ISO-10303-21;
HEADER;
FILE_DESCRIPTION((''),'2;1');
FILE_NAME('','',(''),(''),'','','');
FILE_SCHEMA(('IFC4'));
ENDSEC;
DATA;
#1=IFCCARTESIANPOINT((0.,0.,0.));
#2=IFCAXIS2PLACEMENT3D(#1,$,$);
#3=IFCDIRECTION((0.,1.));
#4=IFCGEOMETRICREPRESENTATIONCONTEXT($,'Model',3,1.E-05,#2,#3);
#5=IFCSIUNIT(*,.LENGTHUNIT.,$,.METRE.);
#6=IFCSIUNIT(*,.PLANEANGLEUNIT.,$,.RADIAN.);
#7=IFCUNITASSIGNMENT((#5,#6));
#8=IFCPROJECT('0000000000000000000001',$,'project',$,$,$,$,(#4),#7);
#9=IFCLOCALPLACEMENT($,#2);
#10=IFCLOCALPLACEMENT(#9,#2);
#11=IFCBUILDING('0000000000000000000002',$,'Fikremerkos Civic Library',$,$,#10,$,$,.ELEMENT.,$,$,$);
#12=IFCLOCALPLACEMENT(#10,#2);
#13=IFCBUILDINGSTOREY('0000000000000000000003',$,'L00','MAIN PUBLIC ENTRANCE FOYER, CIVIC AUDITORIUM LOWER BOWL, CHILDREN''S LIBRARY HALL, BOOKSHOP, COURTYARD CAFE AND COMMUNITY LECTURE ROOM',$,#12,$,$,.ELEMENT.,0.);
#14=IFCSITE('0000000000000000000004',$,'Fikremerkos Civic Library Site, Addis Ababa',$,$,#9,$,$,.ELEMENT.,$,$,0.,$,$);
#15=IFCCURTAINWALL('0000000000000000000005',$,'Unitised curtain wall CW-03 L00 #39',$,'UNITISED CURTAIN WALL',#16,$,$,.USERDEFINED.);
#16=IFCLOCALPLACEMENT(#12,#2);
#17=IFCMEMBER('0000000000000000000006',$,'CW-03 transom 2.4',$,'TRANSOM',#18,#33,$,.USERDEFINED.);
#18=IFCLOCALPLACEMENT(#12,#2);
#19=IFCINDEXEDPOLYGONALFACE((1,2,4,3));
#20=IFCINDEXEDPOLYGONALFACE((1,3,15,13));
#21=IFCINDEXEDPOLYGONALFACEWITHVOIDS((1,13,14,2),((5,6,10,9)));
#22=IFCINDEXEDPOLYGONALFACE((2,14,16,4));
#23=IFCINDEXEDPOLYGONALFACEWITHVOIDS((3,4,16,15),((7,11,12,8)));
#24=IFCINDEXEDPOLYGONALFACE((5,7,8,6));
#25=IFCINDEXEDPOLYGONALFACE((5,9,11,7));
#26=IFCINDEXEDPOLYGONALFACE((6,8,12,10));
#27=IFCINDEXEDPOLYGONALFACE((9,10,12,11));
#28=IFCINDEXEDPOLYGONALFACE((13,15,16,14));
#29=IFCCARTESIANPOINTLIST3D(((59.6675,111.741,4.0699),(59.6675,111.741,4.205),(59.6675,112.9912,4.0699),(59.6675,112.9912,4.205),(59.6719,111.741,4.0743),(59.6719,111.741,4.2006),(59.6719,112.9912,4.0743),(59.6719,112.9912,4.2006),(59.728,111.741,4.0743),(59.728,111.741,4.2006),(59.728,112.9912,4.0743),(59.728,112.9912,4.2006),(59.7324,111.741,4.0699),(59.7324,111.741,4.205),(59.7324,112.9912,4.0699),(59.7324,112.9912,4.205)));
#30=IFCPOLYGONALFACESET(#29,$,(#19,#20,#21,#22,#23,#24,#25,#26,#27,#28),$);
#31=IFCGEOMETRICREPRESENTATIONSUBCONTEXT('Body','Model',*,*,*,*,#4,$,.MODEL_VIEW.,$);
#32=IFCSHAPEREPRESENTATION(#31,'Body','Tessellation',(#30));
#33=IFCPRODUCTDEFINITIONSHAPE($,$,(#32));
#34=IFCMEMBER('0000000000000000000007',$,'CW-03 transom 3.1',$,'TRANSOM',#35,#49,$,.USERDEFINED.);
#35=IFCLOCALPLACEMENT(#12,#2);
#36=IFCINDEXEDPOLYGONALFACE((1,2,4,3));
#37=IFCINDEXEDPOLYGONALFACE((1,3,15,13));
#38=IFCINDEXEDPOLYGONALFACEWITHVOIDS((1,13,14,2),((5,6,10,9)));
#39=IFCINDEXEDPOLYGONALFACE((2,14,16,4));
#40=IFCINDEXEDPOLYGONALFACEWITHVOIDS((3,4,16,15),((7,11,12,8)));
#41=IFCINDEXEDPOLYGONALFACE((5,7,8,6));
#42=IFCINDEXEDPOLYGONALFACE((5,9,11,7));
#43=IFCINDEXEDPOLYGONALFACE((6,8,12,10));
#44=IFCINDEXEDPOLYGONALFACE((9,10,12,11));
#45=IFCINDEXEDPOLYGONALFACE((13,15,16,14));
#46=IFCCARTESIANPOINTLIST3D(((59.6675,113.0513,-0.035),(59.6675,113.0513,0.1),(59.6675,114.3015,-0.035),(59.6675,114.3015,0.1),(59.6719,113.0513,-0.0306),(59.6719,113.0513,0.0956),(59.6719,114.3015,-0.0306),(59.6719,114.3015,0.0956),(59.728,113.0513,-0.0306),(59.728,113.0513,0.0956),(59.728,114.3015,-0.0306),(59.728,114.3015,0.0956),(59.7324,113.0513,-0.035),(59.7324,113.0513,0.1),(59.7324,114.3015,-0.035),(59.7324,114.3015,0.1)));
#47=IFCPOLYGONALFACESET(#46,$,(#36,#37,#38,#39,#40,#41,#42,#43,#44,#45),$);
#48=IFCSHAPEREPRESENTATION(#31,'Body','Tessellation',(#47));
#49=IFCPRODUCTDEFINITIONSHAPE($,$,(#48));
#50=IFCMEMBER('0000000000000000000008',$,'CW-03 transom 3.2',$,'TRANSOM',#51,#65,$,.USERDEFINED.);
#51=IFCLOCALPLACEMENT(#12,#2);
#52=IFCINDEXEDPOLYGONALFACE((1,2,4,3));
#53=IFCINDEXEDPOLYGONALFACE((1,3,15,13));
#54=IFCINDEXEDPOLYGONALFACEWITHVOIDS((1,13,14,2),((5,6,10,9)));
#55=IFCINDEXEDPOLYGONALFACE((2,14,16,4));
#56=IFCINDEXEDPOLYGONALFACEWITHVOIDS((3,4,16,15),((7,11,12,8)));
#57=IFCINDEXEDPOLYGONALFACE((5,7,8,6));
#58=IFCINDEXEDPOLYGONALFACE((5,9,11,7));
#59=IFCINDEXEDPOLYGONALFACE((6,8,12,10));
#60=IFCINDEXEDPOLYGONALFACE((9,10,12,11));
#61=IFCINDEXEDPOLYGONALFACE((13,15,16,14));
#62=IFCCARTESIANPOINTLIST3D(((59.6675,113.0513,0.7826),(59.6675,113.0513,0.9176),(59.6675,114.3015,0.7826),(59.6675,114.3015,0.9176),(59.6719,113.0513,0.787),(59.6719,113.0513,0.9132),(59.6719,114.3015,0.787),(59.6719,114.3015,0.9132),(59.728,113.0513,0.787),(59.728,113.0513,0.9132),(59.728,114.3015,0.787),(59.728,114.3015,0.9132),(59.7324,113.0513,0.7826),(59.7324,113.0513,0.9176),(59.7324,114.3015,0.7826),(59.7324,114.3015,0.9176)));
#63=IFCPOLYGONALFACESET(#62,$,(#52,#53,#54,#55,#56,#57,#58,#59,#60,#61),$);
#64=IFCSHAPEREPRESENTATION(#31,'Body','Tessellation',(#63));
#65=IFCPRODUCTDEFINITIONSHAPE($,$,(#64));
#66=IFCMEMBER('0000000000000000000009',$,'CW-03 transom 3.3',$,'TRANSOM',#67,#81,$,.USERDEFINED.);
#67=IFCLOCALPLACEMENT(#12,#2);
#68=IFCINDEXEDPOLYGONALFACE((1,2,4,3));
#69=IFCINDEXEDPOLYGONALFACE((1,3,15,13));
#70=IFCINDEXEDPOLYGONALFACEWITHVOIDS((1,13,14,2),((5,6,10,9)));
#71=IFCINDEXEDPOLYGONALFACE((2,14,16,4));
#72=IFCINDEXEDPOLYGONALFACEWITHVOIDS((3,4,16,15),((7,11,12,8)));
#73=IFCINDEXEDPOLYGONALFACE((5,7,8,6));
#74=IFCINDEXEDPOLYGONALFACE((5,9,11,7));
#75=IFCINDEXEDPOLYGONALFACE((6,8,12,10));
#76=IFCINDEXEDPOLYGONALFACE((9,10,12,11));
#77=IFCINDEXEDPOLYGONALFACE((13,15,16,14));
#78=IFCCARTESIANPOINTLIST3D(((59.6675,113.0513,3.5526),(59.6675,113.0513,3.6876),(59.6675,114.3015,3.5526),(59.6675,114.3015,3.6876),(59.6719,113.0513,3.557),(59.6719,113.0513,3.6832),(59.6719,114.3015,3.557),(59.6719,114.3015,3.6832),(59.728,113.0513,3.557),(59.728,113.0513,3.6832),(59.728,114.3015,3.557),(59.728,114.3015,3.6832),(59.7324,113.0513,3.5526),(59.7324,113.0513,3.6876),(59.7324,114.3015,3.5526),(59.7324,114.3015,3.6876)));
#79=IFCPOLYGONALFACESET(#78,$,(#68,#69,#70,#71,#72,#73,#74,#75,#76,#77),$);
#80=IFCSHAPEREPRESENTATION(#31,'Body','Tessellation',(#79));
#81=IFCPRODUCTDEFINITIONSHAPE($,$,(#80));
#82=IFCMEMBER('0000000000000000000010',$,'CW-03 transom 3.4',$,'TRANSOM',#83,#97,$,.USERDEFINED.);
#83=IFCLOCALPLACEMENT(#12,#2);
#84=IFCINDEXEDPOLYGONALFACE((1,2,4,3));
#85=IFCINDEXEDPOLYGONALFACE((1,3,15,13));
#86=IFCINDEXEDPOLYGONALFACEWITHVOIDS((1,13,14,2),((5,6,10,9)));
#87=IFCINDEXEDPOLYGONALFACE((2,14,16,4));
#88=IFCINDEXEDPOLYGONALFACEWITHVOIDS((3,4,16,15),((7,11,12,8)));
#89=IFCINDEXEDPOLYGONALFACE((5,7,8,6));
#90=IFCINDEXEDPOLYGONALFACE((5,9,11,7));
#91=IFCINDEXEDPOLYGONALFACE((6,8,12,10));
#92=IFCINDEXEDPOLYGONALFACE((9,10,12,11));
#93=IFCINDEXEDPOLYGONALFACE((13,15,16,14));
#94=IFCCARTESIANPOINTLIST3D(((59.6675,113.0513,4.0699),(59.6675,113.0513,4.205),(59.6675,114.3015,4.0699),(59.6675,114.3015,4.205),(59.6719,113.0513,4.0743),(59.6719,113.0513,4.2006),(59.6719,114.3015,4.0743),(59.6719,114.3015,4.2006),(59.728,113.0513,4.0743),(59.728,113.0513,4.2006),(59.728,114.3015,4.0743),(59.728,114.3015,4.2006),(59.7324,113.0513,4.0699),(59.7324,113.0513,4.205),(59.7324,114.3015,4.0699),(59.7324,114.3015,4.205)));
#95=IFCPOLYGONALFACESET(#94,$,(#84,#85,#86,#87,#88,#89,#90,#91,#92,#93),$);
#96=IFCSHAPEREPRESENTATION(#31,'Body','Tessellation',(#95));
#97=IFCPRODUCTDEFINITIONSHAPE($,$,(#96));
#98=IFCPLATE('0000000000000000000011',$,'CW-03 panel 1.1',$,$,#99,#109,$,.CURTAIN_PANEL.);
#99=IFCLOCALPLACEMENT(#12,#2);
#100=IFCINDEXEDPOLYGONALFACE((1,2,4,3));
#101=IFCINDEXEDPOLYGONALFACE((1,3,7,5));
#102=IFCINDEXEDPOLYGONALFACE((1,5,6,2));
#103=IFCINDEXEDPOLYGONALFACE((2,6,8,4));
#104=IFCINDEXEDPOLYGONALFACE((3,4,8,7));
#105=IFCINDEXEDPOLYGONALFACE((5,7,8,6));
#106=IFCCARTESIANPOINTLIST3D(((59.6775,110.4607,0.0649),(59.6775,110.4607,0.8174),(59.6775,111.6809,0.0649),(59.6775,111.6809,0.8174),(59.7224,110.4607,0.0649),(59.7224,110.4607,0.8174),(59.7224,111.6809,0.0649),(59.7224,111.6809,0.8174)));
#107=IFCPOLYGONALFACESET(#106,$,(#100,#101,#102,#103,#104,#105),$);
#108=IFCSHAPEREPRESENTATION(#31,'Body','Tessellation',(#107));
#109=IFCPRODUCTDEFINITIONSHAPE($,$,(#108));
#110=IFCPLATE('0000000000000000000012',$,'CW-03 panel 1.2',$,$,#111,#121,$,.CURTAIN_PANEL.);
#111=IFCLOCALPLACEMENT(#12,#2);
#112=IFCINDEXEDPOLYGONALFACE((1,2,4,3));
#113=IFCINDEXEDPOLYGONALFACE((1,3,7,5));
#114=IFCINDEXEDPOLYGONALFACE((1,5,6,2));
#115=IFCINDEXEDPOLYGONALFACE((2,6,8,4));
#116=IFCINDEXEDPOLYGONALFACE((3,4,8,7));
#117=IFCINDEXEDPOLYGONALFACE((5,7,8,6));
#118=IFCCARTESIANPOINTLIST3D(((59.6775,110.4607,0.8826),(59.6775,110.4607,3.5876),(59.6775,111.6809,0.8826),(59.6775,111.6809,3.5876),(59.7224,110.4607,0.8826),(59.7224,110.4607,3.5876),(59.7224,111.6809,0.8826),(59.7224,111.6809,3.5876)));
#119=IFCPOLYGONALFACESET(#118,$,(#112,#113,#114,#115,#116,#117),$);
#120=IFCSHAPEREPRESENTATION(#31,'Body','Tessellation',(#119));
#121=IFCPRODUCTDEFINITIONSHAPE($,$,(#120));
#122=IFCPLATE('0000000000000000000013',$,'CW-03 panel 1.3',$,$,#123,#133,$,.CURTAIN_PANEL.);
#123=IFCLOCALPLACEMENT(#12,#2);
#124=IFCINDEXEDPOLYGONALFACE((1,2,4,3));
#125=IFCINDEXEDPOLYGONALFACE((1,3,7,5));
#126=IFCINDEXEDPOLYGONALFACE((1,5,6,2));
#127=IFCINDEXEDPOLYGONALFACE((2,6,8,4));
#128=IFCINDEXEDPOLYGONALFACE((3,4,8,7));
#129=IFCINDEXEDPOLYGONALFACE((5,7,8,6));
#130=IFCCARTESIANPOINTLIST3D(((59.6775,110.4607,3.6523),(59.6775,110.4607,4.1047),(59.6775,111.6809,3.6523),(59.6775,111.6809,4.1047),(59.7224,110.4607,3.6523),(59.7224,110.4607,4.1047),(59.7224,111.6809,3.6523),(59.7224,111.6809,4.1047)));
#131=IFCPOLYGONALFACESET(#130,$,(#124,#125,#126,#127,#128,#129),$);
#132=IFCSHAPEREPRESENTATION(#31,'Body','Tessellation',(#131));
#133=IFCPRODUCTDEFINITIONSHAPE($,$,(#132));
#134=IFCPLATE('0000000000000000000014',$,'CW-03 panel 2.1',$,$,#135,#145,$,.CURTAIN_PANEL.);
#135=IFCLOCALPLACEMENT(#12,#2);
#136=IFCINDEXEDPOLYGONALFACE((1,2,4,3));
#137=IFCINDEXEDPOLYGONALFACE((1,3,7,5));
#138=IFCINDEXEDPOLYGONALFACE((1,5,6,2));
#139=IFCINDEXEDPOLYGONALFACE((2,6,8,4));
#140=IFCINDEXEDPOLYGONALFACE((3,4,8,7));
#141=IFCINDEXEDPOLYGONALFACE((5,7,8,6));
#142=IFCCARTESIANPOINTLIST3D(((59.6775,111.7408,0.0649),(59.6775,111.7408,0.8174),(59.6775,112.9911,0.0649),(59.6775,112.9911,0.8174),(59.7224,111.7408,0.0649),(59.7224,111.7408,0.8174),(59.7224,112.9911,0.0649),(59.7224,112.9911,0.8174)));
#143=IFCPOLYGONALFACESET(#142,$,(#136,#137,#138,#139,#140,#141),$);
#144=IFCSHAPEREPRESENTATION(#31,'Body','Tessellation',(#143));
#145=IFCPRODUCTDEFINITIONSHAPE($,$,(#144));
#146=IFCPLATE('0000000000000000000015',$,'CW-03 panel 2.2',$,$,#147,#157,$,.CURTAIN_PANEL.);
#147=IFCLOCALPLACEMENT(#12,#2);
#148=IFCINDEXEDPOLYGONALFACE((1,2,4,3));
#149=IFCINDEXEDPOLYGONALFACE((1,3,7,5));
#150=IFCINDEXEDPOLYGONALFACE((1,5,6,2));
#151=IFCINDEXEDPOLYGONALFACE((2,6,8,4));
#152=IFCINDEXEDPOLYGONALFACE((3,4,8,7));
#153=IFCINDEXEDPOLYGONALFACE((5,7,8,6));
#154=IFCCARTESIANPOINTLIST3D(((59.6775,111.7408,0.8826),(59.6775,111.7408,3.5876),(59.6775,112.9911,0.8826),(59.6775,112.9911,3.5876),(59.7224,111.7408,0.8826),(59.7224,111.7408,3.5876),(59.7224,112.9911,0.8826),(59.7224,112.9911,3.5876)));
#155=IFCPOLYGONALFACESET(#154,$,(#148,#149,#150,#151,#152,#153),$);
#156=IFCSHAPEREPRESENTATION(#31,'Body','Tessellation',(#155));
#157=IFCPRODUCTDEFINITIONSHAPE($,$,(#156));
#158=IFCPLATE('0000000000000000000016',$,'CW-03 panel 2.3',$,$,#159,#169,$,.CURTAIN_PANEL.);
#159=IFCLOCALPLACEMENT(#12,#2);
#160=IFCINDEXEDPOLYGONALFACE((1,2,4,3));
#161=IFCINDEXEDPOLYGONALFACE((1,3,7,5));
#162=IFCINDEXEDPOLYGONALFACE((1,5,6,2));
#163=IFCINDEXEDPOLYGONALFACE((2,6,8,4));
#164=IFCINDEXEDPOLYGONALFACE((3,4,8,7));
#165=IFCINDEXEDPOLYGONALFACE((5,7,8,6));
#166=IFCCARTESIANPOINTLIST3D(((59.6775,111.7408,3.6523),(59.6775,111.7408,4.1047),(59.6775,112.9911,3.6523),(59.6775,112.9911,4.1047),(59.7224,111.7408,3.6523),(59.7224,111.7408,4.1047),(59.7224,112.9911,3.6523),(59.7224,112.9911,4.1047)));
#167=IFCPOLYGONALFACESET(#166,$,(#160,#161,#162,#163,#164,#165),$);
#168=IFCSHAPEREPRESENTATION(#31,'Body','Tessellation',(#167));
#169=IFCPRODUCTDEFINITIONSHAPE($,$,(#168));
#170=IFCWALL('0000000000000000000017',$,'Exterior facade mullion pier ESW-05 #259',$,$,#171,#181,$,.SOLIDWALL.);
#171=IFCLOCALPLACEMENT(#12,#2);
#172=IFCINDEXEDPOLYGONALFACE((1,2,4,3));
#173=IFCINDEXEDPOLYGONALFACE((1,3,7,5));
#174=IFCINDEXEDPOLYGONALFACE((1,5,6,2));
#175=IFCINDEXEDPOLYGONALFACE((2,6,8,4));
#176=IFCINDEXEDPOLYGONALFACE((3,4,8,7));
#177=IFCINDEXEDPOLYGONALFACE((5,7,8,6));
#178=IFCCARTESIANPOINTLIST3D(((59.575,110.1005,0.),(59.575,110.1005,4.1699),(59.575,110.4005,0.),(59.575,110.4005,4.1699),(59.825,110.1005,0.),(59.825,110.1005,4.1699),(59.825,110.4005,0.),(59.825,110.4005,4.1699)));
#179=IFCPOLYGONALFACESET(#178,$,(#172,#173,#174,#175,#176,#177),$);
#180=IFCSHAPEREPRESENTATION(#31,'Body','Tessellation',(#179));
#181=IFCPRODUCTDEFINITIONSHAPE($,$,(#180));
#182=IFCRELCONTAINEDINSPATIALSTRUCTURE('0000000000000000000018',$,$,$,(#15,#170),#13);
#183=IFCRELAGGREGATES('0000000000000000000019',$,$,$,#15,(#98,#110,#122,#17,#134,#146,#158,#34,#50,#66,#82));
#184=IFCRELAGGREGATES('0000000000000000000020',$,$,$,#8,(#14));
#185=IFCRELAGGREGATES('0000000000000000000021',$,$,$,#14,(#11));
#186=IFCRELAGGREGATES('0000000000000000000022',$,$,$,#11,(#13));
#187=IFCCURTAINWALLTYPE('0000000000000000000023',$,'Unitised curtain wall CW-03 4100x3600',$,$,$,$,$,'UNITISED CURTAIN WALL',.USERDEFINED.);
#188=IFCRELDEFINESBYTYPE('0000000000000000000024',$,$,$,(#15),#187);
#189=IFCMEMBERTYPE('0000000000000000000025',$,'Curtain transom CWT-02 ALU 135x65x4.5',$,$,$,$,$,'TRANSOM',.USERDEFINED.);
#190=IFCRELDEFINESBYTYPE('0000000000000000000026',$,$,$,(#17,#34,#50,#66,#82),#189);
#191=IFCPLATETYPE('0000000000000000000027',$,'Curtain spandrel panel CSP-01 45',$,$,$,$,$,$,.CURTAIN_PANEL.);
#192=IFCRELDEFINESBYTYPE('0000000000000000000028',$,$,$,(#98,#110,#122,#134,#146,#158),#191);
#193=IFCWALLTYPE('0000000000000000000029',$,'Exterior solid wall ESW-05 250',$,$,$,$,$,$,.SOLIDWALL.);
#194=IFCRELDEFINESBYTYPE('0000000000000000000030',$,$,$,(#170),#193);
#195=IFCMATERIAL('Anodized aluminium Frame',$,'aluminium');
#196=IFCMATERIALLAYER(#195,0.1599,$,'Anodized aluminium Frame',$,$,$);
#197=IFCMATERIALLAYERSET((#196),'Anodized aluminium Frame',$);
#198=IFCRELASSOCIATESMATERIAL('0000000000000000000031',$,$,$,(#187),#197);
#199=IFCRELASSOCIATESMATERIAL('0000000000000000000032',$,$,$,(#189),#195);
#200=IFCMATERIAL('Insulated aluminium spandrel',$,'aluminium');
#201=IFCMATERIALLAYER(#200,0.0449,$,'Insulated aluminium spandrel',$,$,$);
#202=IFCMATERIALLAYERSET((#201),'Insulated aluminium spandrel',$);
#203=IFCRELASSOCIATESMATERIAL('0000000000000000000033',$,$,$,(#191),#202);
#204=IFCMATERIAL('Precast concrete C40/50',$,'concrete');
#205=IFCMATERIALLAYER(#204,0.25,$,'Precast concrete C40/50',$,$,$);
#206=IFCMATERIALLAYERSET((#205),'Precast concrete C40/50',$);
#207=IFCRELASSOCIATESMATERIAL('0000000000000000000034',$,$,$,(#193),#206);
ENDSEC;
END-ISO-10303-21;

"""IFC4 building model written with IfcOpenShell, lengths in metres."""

from ifc_helpers import new_model, si_unit, direction, frame, frame_2d, origin, origin_2d, place, context, subcontext, project, spatial, rectangle, hollow_rectangle, extrude, material, layer, layer_set, material_profile, profile_set, type_object, element, aggregate, save


model = new_model("IFC4")

# Units and contexts
model_context = context("Model", 3, precision=1e-05, world=origin(), true_north=direction((0.0, 1.0)))
body_context = subcontext(model_context, "Body", "Model", "MODEL_VIEW")
ifc_project = project(units=[si_unit("LENGTHUNIT", "METRE"), si_unit("PLANEANGLEUNIT", "RADIAN")], contexts=[model_context])

# Site, building, storey
site_placement = place(None, origin())
site = spatial("IfcSite", under=ifc_project, at=site_placement, Name="Fikremerkos Civic Library Site, Addis Ababa", CompositionType="ELEMENT", RefElevation=0.0)
building_placement = place(site_placement, origin())
building = spatial("IfcBuilding", under=site, at=building_placement, Name="Fikremerkos Civic Library", CompositionType="ELEMENT")
storey_placement = place(building_placement, origin())
storey = spatial("IfcBuildingStorey", under=building, at=storey_placement, Name="L00", Description="MAIN PUBLIC ENTRANCE FOYER, CIVIC AUDITORIUM LOWER BOWL, CHILDREN'S LIBRARY HALL, BOOKSHOP, COURTYARD CAFE AND COMMUNITY LECTURE ROOM", CompositionType="ELEMENT", Elevation=0.0)

# Shared definitions
ifc_material_1 = material(Name="Anodized aluminium Frame", Category="aluminium")

# Curtain wall, members, plates
ifc_layer_1 = layer(ifc_material_1, 0.1599, Name="Anodized aluminium Frame")
ifc_layer_set_1 = layer_set([ifc_layer_1], Name="Anodized aluminium Frame")
curtain_wall_type_1 = type_object("IfcCurtainWallType", Name="Unitised curtain wall CW-03 4100x3600", ElementType="UNITISED CURTAIN WALL", PredefinedType="USERDEFINED", material=ifc_layer_set_1)
curtain_wall_1_placement = place(storey_placement, origin())
curtain_wall_1 = element("IfcCurtainWall", 1, at=curtain_wall_1_placement, inside=storey, type_object=curtain_wall_type_1, Name="Unitised curtain wall CW-03 L00 #39", ObjectType="UNITISED CURTAIN WALL", PredefinedType="USERDEFINED")
ifc_material_profile_1 = material_profile(ifc_material_1, hollow_rectangle(XDim=0.0649, YDim=0.135, WallThickness=0.0044, at=origin_2d()), Name="ALU 135x65x4.5")
ifc_profile_set_1 = profile_set([ifc_material_profile_1], Name="Anodized aluminium Frame")
member_type_1 = type_object("IfcMemberType", Name="Curtain transom CWT-02 ALU 135x65x4.5", ElementType="TRANSOM", PredefinedType="USERDEFINED", material=ifc_profile_set_1)
member_1_placement = place(storey_placement, frame((59.7, 111.741, 4.1375), z_axis=(0.0, 1.0, 0.0), x_axis=(-1.0, 0.0, 0.0)))
member_1 = element("IfcMember", 2, at=member_1_placement, type_object=member_type_1, Name="CW-03 transom 2.4", ObjectType="TRANSOM", PredefinedType="USERDEFINED", context=body_context, shape_type="SweptSolid", body=[
    extrude(hollow_rectangle(XDim=0.0649, YDim=0.135, WallThickness=0.0044, at=origin_2d()), origin(), (0.0, 0.0, 1.0), 1.2502),
])
member_2_placement = place(storey_placement, frame((59.7, 113.0513, 0.0325), z_axis=(0.0, 1.0, 0.0), x_axis=(-1.0, 0.0, 0.0)))
member_2 = element("IfcMember", 3, at=member_2_placement, type_object=member_type_1, Name="CW-03 transom 3.1", ObjectType="TRANSOM", PredefinedType="USERDEFINED", context=body_context, shape_type="SweptSolid", body=[
    extrude(hollow_rectangle(XDim=0.0649, YDim=0.135, WallThickness=0.0044, at=origin_2d()), origin(), (0.0, 0.0, 1.0), 1.2502),
])
member_3_placement = place(storey_placement, frame((59.7, 113.0513, 0.8501), z_axis=(0.0, 1.0, 0.0), x_axis=(-1.0, 0.0, 0.0)))
member_3 = element("IfcMember", 4, at=member_3_placement, type_object=member_type_1, Name="CW-03 transom 3.2", ObjectType="TRANSOM", PredefinedType="USERDEFINED", context=body_context, shape_type="SweptSolid", body=[
    extrude(hollow_rectangle(XDim=0.0649, YDim=0.135, WallThickness=0.0044, at=origin_2d()), origin(), (0.0, 0.0, 1.0), 1.2502),
])
member_4_placement = place(storey_placement, frame((59.7, 113.0513, 3.6201), z_axis=(0.0, 1.0, 0.0), x_axis=(-1.0, 0.0, 0.0)))
member_4 = element("IfcMember", 5, at=member_4_placement, type_object=member_type_1, Name="CW-03 transom 3.3", ObjectType="TRANSOM", PredefinedType="USERDEFINED", context=body_context, shape_type="SweptSolid", body=[
    extrude(hollow_rectangle(XDim=0.0649, YDim=0.135, WallThickness=0.0044, at=origin_2d()), origin(), (0.0, 0.0, 1.0), 1.2502),
])
member_5_placement = place(storey_placement, frame((59.7, 113.0513, 4.1375), z_axis=(0.0, 1.0, 0.0), x_axis=(-1.0, 0.0, 0.0)))
member_5 = element("IfcMember", 6, at=member_5_placement, type_object=member_type_1, Name="CW-03 transom 3.4", ObjectType="TRANSOM", PredefinedType="USERDEFINED", context=body_context, shape_type="SweptSolid", body=[
    extrude(hollow_rectangle(XDim=0.0649, YDim=0.135, WallThickness=0.0044, at=origin_2d()), origin(), (0.0, 0.0, 1.0), 1.2502),
])
ifc_material_2 = material(Name="Insulated aluminium spandrel", Category="aluminium")
ifc_layer_2 = layer(ifc_material_2, 0.0449, Name="Insulated aluminium spandrel")
ifc_layer_set_2 = layer_set([ifc_layer_2], Name="Insulated aluminium spandrel")
plate_type = type_object("IfcPlateType", Name="Curtain spandrel panel CSP-01 45", PredefinedType="CURTAIN_PANEL", material=ifc_layer_set_2)
plate_1_placement = place(storey_placement, frame((59.7, 111.0708, 0.0649), z_axis=(0.0, 0.0, 1.0), x_axis=(0.0, 1.0, 0.0)))
plate_1 = element("IfcPlate", 7, at=plate_1_placement, type_object=plate_type, Name="CW-03 panel 1.1", PredefinedType="CURTAIN_PANEL", context=body_context, shape_type="SweptSolid", body=[
    extrude(rectangle(XDim=1.2202, YDim=0.0449, at=origin_2d()), origin(), (0.0, 0.0, 1.0), 0.7524),
])
plate_2_placement = place(storey_placement, frame((59.7, 111.0708, 0.8826), z_axis=(0.0, 0.0, 1.0), x_axis=(0.0, 1.0, 0.0)))
plate_2 = element("IfcPlate", 8, at=plate_2_placement, type_object=plate_type, Name="CW-03 panel 1.2", PredefinedType="CURTAIN_PANEL", context=body_context, shape_type="SweptSolid", body=[
    extrude(rectangle(XDim=1.2202, YDim=0.0449, at=origin_2d()), origin(), (0.0, 0.0, 1.0), 2.7051),
])
plate_3_placement = place(storey_placement, frame((59.7, 111.0708, 3.6523), z_axis=(0.0, 0.0, 1.0), x_axis=(0.0, 1.0, 0.0)))
plate_3 = element("IfcPlate", 9, at=plate_3_placement, type_object=plate_type, Name="CW-03 panel 1.3", PredefinedType="CURTAIN_PANEL", context=body_context, shape_type="SweptSolid", body=[
    extrude(rectangle(XDim=1.2202, YDim=0.0449, at=origin_2d()), origin(), (0.0, 0.0, 1.0), 0.4524),
])
plate_4_placement = place(storey_placement, frame((59.7, 112.366, 0.0649), z_axis=(0.0, 0.0, 1.0), x_axis=(0.0, 1.0, 0.0)))
plate_4 = element("IfcPlate", 10, at=plate_4_placement, type_object=plate_type, Name="CW-03 panel 2.1", PredefinedType="CURTAIN_PANEL", context=body_context, shape_type="SweptSolid", body=[
    extrude(rectangle(XDim=1.2502, YDim=0.0449, at=origin_2d()), origin(), (0.0, 0.0, 1.0), 0.7524),
])
plate_5_placement = place(storey_placement, frame((59.7, 112.366, 0.8826), z_axis=(0.0, 0.0, 1.0), x_axis=(0.0, 1.0, 0.0)))
plate_5 = element("IfcPlate", 11, at=plate_5_placement, type_object=plate_type, Name="CW-03 panel 2.2", PredefinedType="CURTAIN_PANEL", context=body_context, shape_type="SweptSolid", body=[
    extrude(rectangle(XDim=1.2502, YDim=0.0449, at=origin_2d()), origin(), (0.0, 0.0, 1.0), 2.7051),
])
plate_6_placement = place(storey_placement, frame((59.7, 112.366, 3.6523), z_axis=(0.0, 0.0, 1.0), x_axis=(0.0, 1.0, 0.0)))
plate_6 = element("IfcPlate", 12, at=plate_6_placement, type_object=plate_type, Name="CW-03 panel 2.3", PredefinedType="CURTAIN_PANEL", context=body_context, shape_type="SweptSolid", body=[
    extrude(rectangle(XDim=1.2502, YDim=0.0449, at=origin_2d()), origin(), (0.0, 0.0, 1.0), 0.4524),
])
aggregate(curtain_wall_1, [plate_1, plate_2, plate_3, member_1, plate_4, plate_5, plate_6, member_2, member_3, member_4, member_5])

# Wall
ifc_material_3 = material(Name="Precast concrete C40/50", Category="concrete")
ifc_layer_3 = layer(ifc_material_3, 0.25, Name="Precast concrete C40/50")
ifc_layer_set_3 = layer_set([ifc_layer_3], Name="Precast concrete C40/50")
wall_type = type_object("IfcWallType", Name="Exterior solid wall ESW-05 250", PredefinedType="SOLIDWALL", material=ifc_layer_set_3)
wall_placement = place(storey_placement, frame((59.7, 110.1006, 0.0), z_axis=(0.0, 0.0, 1.0), x_axis=(0.0, 1.0, 0.0)))
element("IfcWall", 13, at=wall_placement, inside=storey, type_object=wall_type, Name="Exterior facade mullion pier ESW-05 #259", PredefinedType="SOLIDWALL", context=body_context, shape_type="SweptSolid", body=[
    extrude(rectangle(XDim=0.3, YDim=0.25, at=frame_2d((0.1499, 0.0))), origin(), (0.0, 0.0, 1.0), 4.1699),
])

save(model, "model.ifc")
